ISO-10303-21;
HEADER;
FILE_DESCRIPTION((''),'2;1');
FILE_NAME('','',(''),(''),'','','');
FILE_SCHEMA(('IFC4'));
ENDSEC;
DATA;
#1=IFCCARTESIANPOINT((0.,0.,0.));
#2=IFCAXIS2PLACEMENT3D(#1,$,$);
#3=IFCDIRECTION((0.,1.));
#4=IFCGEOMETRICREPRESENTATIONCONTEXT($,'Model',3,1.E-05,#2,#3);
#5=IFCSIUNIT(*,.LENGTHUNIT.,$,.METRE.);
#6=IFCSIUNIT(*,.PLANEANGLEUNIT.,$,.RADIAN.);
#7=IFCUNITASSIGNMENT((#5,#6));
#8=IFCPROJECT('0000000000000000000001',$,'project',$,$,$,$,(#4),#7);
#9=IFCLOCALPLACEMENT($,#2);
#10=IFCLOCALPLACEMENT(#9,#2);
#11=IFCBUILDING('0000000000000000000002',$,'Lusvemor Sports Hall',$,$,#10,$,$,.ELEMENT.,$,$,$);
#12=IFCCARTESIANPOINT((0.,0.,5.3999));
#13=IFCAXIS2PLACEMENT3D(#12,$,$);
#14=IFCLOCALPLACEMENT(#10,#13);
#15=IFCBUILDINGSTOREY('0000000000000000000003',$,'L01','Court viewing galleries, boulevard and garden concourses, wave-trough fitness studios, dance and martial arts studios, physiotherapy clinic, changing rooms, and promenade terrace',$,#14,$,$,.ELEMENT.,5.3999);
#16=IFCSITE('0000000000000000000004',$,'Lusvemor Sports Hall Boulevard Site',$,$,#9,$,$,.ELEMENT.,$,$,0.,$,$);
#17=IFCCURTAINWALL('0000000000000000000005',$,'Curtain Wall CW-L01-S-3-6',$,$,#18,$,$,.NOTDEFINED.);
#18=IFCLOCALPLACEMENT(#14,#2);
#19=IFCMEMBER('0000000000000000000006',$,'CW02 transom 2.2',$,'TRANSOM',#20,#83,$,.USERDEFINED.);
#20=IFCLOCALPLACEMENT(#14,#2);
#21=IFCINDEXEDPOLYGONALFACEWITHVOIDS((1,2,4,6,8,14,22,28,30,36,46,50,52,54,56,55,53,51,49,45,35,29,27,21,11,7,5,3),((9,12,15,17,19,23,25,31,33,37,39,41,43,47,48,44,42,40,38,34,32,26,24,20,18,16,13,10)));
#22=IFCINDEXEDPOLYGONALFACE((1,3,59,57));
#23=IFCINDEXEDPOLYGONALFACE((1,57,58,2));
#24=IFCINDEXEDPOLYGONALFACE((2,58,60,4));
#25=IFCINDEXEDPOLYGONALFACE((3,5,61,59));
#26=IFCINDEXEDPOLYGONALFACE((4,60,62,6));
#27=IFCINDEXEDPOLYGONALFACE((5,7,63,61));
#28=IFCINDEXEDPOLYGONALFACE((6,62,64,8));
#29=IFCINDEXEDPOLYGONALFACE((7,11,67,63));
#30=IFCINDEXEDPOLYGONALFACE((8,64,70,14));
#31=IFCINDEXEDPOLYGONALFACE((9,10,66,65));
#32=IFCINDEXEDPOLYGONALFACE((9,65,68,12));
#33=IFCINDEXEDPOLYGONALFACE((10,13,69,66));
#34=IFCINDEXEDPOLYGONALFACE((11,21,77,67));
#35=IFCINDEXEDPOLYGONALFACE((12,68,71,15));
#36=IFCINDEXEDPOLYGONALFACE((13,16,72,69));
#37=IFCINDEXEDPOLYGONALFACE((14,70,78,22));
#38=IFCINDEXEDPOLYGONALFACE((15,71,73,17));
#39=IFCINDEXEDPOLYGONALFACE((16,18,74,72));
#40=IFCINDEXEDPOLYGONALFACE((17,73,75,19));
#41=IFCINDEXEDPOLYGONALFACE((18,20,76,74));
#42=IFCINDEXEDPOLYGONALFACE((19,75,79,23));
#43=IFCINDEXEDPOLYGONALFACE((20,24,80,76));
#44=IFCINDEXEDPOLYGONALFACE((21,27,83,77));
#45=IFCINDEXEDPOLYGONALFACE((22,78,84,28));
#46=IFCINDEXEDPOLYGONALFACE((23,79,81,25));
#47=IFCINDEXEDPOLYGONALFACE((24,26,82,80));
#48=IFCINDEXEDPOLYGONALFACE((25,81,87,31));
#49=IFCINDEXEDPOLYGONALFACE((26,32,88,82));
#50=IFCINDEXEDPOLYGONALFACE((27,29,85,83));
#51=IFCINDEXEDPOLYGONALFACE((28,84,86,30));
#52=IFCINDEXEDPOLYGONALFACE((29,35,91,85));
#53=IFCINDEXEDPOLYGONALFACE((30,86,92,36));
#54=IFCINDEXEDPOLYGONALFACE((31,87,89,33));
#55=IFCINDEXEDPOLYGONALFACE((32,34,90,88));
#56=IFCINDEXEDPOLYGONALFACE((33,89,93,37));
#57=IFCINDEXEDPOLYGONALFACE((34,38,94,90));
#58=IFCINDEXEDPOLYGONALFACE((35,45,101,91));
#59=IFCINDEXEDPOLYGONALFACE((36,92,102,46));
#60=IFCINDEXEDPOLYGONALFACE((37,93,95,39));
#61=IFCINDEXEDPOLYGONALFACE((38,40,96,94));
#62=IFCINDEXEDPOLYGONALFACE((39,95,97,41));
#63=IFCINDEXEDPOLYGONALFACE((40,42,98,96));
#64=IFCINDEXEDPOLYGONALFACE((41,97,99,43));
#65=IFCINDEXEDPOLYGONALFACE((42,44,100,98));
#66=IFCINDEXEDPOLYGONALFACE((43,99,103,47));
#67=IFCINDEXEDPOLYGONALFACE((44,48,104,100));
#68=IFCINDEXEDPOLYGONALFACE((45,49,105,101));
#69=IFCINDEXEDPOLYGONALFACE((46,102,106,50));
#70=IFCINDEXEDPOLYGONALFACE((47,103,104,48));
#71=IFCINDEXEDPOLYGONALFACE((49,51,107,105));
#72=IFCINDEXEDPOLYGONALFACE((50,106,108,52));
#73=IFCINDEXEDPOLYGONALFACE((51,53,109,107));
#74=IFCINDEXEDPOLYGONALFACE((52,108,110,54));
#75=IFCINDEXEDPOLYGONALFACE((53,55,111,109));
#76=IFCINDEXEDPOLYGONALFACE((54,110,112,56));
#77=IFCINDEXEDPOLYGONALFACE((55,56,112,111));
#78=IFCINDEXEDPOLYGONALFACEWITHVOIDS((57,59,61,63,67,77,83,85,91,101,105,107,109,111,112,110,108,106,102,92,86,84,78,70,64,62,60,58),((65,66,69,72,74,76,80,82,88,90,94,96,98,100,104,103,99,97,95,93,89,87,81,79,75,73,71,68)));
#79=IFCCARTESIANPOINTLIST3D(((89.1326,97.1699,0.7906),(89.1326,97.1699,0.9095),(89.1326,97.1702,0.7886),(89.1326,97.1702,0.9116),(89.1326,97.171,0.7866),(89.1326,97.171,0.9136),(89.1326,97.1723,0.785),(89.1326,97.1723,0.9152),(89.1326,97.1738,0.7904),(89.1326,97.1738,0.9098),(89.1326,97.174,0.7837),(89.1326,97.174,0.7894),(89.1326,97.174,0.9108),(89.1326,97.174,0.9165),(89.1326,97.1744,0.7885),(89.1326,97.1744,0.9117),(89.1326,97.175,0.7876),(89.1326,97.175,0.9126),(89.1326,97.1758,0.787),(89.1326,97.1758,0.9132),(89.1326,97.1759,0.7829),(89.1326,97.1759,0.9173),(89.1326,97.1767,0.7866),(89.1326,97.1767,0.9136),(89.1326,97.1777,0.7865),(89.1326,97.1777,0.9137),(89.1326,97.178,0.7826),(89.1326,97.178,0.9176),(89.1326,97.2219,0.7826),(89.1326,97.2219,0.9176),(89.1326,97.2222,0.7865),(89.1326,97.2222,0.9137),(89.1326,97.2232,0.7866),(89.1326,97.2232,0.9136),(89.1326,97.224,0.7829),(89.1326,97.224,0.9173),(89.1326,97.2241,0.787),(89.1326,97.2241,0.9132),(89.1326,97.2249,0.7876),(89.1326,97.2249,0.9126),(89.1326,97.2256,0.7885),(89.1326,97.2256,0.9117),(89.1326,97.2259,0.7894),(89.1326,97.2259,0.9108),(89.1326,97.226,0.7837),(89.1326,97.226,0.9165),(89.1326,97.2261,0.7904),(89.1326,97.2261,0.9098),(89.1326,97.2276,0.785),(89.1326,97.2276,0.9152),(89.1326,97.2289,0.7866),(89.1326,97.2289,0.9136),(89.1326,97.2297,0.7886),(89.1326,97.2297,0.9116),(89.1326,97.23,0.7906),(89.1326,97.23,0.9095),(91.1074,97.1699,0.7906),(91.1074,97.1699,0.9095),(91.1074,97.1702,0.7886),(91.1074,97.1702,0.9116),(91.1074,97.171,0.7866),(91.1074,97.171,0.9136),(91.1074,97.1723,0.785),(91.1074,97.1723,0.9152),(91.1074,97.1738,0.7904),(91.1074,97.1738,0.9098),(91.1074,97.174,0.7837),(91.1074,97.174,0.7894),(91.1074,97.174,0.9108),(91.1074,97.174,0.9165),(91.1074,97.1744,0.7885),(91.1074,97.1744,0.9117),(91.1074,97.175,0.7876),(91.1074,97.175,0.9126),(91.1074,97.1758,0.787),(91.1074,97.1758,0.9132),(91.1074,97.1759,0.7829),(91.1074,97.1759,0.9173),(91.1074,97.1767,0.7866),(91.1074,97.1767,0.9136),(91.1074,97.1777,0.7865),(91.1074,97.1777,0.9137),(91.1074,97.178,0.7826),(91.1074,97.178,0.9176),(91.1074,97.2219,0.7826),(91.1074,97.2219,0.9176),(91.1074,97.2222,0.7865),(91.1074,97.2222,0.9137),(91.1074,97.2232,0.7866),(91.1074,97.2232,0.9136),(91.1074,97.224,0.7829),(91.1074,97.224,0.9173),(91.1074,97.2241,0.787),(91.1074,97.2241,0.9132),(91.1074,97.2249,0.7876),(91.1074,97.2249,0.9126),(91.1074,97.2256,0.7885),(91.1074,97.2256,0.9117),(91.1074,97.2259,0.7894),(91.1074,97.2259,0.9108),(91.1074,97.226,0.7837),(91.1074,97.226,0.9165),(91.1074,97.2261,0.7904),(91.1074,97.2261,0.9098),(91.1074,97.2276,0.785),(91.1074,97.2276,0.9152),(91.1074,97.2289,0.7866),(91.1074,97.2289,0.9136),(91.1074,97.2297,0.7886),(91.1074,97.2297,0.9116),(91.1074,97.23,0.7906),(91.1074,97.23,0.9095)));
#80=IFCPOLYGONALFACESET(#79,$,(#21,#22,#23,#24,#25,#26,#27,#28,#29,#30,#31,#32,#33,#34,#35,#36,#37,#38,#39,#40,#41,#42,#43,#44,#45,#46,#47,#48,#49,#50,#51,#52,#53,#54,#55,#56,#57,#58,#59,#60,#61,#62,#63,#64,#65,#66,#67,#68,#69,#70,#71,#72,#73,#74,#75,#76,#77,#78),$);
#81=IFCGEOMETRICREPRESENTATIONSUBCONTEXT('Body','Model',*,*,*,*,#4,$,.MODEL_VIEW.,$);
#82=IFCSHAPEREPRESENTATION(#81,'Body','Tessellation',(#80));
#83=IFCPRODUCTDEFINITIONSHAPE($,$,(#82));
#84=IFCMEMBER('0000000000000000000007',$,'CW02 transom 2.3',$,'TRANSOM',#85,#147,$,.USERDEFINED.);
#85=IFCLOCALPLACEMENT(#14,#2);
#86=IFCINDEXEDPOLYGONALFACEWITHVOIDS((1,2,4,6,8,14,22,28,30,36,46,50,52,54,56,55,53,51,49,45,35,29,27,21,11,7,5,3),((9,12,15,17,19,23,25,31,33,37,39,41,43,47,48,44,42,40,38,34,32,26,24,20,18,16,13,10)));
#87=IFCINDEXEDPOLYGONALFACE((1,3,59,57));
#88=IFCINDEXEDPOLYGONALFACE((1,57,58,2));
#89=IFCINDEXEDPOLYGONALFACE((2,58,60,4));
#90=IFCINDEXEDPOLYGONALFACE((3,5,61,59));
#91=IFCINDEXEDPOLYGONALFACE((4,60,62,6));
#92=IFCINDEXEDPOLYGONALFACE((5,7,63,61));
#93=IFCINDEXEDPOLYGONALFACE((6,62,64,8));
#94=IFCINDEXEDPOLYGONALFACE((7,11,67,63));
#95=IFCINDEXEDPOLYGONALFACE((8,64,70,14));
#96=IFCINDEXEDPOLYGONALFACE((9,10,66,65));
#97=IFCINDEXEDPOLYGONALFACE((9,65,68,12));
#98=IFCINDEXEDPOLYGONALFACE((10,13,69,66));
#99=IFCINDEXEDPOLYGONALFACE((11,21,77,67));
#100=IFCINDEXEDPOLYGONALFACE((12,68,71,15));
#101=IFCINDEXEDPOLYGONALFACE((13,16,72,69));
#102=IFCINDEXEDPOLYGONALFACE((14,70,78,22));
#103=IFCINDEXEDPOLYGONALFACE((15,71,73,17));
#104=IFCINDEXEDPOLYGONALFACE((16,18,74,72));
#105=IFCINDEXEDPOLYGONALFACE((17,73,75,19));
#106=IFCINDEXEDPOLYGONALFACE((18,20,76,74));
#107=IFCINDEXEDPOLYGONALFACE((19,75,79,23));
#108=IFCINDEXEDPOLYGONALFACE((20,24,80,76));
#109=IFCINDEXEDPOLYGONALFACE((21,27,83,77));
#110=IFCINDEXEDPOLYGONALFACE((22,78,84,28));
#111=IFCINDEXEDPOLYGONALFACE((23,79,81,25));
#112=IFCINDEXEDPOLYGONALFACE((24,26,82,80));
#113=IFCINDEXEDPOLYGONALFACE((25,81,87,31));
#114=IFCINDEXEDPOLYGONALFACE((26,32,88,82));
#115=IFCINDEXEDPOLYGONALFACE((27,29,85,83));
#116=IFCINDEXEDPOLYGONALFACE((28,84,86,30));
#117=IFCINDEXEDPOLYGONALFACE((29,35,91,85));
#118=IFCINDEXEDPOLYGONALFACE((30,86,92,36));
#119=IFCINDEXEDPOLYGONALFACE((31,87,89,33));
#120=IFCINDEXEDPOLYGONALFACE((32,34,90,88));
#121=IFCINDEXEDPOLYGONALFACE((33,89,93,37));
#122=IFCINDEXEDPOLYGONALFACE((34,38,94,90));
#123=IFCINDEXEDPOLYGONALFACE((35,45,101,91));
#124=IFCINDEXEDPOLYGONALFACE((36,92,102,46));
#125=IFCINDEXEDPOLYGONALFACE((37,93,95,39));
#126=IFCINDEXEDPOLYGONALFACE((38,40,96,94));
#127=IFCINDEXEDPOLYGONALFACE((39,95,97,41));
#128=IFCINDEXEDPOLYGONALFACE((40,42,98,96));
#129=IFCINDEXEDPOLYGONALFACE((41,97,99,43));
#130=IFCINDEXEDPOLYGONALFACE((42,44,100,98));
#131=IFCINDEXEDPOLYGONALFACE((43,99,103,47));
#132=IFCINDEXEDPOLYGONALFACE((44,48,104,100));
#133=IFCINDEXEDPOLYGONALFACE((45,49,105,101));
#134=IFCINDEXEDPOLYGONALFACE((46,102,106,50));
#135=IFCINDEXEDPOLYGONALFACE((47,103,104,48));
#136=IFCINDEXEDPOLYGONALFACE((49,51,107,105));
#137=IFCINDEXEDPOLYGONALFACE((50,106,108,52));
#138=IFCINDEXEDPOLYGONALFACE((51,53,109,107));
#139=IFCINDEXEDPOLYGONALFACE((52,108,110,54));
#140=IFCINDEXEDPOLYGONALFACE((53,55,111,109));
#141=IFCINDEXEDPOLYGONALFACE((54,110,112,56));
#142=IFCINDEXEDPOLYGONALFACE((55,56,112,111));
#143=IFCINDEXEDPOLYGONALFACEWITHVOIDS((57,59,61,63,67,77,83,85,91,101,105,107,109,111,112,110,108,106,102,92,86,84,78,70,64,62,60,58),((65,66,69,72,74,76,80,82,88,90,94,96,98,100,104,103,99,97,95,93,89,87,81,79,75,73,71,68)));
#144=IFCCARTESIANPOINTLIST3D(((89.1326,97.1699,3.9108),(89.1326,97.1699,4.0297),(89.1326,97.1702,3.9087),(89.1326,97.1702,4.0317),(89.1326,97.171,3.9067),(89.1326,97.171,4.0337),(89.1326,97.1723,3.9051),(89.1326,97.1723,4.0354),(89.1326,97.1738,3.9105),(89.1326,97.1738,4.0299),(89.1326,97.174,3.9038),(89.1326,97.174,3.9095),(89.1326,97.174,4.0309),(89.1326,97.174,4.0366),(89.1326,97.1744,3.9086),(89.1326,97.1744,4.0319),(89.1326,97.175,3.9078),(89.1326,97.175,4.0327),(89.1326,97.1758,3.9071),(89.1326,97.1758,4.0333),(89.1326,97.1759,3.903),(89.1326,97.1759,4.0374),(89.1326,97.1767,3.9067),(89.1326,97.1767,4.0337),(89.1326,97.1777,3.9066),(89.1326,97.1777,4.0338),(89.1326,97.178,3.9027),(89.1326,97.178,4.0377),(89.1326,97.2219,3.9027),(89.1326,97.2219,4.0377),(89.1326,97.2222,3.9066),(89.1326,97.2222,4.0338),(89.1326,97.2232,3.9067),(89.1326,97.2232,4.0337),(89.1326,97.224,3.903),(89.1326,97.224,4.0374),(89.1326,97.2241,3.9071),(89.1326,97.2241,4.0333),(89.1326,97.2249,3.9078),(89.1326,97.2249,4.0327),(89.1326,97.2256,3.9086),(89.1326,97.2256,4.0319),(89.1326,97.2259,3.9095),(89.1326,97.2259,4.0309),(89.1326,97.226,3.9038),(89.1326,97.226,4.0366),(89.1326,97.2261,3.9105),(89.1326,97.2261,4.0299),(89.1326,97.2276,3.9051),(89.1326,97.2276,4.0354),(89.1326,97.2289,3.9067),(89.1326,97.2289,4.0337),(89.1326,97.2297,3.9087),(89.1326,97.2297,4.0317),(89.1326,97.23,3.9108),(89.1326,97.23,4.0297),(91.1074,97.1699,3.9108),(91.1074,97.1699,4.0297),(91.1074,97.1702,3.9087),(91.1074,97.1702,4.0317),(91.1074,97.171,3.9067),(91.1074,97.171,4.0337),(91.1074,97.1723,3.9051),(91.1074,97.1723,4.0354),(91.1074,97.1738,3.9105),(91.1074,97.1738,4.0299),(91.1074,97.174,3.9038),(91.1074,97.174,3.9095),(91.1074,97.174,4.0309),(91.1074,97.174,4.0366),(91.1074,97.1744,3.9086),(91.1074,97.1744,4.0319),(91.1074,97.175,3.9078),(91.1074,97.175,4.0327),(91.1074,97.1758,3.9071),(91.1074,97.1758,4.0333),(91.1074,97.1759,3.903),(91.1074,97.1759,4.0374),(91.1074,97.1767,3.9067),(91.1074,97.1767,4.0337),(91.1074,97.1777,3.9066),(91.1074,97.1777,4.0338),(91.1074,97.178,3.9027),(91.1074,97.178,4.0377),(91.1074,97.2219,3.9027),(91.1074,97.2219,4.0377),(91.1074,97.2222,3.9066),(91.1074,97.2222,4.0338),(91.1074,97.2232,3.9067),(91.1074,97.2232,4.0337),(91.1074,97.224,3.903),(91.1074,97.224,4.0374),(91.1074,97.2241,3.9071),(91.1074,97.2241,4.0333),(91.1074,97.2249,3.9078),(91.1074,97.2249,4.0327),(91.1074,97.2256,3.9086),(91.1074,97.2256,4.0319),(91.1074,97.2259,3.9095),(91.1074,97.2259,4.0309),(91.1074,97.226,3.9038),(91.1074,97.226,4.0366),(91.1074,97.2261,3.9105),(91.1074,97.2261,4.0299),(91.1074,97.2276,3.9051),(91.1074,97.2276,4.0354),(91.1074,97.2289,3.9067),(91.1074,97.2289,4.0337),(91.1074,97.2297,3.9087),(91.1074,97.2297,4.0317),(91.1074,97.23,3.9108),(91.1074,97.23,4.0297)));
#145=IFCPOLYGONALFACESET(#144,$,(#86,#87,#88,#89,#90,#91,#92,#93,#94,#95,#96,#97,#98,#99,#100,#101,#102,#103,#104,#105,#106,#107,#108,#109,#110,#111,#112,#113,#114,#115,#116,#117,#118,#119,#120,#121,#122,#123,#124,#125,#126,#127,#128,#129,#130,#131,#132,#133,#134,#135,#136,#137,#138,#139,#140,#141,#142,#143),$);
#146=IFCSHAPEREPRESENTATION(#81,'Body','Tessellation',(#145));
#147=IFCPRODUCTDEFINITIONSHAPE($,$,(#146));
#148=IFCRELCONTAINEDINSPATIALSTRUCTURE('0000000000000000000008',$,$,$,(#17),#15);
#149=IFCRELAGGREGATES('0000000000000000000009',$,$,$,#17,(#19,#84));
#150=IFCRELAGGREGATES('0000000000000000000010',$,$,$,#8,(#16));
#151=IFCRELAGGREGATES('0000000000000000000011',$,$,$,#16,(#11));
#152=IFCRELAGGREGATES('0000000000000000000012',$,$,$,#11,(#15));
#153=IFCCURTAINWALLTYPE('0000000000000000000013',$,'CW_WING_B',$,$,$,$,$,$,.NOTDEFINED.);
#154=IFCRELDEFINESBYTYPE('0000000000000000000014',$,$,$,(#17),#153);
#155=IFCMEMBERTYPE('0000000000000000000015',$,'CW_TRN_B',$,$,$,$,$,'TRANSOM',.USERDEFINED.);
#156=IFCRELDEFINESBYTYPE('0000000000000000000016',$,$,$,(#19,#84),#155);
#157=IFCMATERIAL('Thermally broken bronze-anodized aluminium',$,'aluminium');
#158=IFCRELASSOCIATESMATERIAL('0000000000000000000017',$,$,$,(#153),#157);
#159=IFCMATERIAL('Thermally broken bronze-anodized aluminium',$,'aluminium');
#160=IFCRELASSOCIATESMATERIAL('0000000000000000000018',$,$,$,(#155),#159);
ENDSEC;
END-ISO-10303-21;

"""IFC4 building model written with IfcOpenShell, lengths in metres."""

from ifc_helpers import new_model, si_unit, direction, frame, origin, origin_2d, place, context, subcontext, project, spatial, hollow_rectangle, extrude, material, material_profile, profile_set, type_object, element, aggregate, save


model = new_model("IFC4")

# Units and contexts
model_context = context("Model", 3, precision=1e-05, world=origin(), true_north=direction((0.0, 1.0)))
body_context = subcontext(model_context, "Body", "Model", "MODEL_VIEW")
ifc_project = project(units=[si_unit("LENGTHUNIT", "METRE"), si_unit("PLANEANGLEUNIT", "RADIAN")], contexts=[model_context])

# Site, building, storey
site_placement = place(None, origin())
site = spatial("IfcSite", under=ifc_project, at=site_placement, Name="Lusvemor Sports Hall Boulevard Site", CompositionType="ELEMENT", RefElevation=0.0)
building_placement = place(site_placement, origin())
building = spatial("IfcBuilding", under=site, at=building_placement, Name="Lusvemor Sports Hall", CompositionType="ELEMENT")
storey_placement = place(building_placement, frame((0.0, 0.0, 5.3999)))
storey = spatial("IfcBuildingStorey", under=building, at=storey_placement, Name="L01", Description="Court viewing galleries, boulevard and garden concourses, wave-trough fitness studios, dance and martial arts studios, physiotherapy clinic, changing rooms, and promenade terrace", CompositionType="ELEMENT", Elevation=5.3999)

# Curtain wall, members
ifc_material_1 = material(Name="Thermally broken bronze-anodized aluminium", Category="aluminium")
curtain_wall_type = type_object("IfcCurtainWallType", Name="CW_WING_B", PredefinedType="NOTDEFINED", material=ifc_material_1)
curtain_wall_placement = place(storey_placement, origin())
curtain_wall = element("IfcCurtainWall", 1, at=curtain_wall_placement, inside=storey, type_object=curtain_wall_type, Name="Curtain Wall CW-L01-S-3-6", PredefinedType="NOTDEFINED")
ifc_material_2 = material(Name="Thermally broken bronze-anodized aluminium", Category="aluminium")
ifc_material_profile_1 = material_profile(ifc_material_2, hollow_rectangle(XDim=0.0601, YDim=0.135, WallThickness=0.0039, InnerFilletRadius=0.0039, OuterFilletRadius=0.0081, at=origin_2d()), Name="CWTRN135x60x4")
ifc_profile_set_1 = profile_set([ifc_material_profile_1], Name="Thermally broken bronze-anodized aluminium")
member_type_1 = type_object("IfcMemberType", Name="CW_TRN_B", ElementType="TRANSOM", PredefinedType="USERDEFINED", material=ifc_profile_set_1)
member_1_placement = place(storey_placement, frame((91.1074, 97.2, 0.8501), z_axis=(-1.0, 0.0, 0.0), x_axis=(0.0, -1.0, 0.0)))
member_1 = element("IfcMember", 2, at=member_1_placement, type_object=member_type_1, Name="CW02 transom 2.2", ObjectType="TRANSOM", PredefinedType="USERDEFINED", context=body_context, shape_type="SweptSolid", body=[
    extrude(hollow_rectangle(XDim=0.0601, YDim=0.135, WallThickness=0.0039, InnerFilletRadius=0.0039, OuterFilletRadius=0.0081, at=origin_2d()), origin(), (0.0, 0.0, 1.0), 1.9749),
])
member_2_placement = place(storey_placement, frame((91.1074, 97.2, 3.9702), z_axis=(-1.0, 0.0, 0.0), x_axis=(0.0, -1.0, 0.0)))
member_2 = element("IfcMember", 3, at=member_2_placement, type_object=member_type_1, Name="CW02 transom 2.3", ObjectType="TRANSOM", PredefinedType="USERDEFINED", context=body_context, shape_type="SweptSolid", body=[
    extrude(hollow_rectangle(XDim=0.0601, YDim=0.135, WallThickness=0.0039, InnerFilletRadius=0.0039, OuterFilletRadius=0.0081, at=origin_2d()), origin(), (0.0, 0.0, 1.0), 1.9749),
])

aggregate(curtain_wall, [member_1, member_2])

save(model, "model.ifc")
